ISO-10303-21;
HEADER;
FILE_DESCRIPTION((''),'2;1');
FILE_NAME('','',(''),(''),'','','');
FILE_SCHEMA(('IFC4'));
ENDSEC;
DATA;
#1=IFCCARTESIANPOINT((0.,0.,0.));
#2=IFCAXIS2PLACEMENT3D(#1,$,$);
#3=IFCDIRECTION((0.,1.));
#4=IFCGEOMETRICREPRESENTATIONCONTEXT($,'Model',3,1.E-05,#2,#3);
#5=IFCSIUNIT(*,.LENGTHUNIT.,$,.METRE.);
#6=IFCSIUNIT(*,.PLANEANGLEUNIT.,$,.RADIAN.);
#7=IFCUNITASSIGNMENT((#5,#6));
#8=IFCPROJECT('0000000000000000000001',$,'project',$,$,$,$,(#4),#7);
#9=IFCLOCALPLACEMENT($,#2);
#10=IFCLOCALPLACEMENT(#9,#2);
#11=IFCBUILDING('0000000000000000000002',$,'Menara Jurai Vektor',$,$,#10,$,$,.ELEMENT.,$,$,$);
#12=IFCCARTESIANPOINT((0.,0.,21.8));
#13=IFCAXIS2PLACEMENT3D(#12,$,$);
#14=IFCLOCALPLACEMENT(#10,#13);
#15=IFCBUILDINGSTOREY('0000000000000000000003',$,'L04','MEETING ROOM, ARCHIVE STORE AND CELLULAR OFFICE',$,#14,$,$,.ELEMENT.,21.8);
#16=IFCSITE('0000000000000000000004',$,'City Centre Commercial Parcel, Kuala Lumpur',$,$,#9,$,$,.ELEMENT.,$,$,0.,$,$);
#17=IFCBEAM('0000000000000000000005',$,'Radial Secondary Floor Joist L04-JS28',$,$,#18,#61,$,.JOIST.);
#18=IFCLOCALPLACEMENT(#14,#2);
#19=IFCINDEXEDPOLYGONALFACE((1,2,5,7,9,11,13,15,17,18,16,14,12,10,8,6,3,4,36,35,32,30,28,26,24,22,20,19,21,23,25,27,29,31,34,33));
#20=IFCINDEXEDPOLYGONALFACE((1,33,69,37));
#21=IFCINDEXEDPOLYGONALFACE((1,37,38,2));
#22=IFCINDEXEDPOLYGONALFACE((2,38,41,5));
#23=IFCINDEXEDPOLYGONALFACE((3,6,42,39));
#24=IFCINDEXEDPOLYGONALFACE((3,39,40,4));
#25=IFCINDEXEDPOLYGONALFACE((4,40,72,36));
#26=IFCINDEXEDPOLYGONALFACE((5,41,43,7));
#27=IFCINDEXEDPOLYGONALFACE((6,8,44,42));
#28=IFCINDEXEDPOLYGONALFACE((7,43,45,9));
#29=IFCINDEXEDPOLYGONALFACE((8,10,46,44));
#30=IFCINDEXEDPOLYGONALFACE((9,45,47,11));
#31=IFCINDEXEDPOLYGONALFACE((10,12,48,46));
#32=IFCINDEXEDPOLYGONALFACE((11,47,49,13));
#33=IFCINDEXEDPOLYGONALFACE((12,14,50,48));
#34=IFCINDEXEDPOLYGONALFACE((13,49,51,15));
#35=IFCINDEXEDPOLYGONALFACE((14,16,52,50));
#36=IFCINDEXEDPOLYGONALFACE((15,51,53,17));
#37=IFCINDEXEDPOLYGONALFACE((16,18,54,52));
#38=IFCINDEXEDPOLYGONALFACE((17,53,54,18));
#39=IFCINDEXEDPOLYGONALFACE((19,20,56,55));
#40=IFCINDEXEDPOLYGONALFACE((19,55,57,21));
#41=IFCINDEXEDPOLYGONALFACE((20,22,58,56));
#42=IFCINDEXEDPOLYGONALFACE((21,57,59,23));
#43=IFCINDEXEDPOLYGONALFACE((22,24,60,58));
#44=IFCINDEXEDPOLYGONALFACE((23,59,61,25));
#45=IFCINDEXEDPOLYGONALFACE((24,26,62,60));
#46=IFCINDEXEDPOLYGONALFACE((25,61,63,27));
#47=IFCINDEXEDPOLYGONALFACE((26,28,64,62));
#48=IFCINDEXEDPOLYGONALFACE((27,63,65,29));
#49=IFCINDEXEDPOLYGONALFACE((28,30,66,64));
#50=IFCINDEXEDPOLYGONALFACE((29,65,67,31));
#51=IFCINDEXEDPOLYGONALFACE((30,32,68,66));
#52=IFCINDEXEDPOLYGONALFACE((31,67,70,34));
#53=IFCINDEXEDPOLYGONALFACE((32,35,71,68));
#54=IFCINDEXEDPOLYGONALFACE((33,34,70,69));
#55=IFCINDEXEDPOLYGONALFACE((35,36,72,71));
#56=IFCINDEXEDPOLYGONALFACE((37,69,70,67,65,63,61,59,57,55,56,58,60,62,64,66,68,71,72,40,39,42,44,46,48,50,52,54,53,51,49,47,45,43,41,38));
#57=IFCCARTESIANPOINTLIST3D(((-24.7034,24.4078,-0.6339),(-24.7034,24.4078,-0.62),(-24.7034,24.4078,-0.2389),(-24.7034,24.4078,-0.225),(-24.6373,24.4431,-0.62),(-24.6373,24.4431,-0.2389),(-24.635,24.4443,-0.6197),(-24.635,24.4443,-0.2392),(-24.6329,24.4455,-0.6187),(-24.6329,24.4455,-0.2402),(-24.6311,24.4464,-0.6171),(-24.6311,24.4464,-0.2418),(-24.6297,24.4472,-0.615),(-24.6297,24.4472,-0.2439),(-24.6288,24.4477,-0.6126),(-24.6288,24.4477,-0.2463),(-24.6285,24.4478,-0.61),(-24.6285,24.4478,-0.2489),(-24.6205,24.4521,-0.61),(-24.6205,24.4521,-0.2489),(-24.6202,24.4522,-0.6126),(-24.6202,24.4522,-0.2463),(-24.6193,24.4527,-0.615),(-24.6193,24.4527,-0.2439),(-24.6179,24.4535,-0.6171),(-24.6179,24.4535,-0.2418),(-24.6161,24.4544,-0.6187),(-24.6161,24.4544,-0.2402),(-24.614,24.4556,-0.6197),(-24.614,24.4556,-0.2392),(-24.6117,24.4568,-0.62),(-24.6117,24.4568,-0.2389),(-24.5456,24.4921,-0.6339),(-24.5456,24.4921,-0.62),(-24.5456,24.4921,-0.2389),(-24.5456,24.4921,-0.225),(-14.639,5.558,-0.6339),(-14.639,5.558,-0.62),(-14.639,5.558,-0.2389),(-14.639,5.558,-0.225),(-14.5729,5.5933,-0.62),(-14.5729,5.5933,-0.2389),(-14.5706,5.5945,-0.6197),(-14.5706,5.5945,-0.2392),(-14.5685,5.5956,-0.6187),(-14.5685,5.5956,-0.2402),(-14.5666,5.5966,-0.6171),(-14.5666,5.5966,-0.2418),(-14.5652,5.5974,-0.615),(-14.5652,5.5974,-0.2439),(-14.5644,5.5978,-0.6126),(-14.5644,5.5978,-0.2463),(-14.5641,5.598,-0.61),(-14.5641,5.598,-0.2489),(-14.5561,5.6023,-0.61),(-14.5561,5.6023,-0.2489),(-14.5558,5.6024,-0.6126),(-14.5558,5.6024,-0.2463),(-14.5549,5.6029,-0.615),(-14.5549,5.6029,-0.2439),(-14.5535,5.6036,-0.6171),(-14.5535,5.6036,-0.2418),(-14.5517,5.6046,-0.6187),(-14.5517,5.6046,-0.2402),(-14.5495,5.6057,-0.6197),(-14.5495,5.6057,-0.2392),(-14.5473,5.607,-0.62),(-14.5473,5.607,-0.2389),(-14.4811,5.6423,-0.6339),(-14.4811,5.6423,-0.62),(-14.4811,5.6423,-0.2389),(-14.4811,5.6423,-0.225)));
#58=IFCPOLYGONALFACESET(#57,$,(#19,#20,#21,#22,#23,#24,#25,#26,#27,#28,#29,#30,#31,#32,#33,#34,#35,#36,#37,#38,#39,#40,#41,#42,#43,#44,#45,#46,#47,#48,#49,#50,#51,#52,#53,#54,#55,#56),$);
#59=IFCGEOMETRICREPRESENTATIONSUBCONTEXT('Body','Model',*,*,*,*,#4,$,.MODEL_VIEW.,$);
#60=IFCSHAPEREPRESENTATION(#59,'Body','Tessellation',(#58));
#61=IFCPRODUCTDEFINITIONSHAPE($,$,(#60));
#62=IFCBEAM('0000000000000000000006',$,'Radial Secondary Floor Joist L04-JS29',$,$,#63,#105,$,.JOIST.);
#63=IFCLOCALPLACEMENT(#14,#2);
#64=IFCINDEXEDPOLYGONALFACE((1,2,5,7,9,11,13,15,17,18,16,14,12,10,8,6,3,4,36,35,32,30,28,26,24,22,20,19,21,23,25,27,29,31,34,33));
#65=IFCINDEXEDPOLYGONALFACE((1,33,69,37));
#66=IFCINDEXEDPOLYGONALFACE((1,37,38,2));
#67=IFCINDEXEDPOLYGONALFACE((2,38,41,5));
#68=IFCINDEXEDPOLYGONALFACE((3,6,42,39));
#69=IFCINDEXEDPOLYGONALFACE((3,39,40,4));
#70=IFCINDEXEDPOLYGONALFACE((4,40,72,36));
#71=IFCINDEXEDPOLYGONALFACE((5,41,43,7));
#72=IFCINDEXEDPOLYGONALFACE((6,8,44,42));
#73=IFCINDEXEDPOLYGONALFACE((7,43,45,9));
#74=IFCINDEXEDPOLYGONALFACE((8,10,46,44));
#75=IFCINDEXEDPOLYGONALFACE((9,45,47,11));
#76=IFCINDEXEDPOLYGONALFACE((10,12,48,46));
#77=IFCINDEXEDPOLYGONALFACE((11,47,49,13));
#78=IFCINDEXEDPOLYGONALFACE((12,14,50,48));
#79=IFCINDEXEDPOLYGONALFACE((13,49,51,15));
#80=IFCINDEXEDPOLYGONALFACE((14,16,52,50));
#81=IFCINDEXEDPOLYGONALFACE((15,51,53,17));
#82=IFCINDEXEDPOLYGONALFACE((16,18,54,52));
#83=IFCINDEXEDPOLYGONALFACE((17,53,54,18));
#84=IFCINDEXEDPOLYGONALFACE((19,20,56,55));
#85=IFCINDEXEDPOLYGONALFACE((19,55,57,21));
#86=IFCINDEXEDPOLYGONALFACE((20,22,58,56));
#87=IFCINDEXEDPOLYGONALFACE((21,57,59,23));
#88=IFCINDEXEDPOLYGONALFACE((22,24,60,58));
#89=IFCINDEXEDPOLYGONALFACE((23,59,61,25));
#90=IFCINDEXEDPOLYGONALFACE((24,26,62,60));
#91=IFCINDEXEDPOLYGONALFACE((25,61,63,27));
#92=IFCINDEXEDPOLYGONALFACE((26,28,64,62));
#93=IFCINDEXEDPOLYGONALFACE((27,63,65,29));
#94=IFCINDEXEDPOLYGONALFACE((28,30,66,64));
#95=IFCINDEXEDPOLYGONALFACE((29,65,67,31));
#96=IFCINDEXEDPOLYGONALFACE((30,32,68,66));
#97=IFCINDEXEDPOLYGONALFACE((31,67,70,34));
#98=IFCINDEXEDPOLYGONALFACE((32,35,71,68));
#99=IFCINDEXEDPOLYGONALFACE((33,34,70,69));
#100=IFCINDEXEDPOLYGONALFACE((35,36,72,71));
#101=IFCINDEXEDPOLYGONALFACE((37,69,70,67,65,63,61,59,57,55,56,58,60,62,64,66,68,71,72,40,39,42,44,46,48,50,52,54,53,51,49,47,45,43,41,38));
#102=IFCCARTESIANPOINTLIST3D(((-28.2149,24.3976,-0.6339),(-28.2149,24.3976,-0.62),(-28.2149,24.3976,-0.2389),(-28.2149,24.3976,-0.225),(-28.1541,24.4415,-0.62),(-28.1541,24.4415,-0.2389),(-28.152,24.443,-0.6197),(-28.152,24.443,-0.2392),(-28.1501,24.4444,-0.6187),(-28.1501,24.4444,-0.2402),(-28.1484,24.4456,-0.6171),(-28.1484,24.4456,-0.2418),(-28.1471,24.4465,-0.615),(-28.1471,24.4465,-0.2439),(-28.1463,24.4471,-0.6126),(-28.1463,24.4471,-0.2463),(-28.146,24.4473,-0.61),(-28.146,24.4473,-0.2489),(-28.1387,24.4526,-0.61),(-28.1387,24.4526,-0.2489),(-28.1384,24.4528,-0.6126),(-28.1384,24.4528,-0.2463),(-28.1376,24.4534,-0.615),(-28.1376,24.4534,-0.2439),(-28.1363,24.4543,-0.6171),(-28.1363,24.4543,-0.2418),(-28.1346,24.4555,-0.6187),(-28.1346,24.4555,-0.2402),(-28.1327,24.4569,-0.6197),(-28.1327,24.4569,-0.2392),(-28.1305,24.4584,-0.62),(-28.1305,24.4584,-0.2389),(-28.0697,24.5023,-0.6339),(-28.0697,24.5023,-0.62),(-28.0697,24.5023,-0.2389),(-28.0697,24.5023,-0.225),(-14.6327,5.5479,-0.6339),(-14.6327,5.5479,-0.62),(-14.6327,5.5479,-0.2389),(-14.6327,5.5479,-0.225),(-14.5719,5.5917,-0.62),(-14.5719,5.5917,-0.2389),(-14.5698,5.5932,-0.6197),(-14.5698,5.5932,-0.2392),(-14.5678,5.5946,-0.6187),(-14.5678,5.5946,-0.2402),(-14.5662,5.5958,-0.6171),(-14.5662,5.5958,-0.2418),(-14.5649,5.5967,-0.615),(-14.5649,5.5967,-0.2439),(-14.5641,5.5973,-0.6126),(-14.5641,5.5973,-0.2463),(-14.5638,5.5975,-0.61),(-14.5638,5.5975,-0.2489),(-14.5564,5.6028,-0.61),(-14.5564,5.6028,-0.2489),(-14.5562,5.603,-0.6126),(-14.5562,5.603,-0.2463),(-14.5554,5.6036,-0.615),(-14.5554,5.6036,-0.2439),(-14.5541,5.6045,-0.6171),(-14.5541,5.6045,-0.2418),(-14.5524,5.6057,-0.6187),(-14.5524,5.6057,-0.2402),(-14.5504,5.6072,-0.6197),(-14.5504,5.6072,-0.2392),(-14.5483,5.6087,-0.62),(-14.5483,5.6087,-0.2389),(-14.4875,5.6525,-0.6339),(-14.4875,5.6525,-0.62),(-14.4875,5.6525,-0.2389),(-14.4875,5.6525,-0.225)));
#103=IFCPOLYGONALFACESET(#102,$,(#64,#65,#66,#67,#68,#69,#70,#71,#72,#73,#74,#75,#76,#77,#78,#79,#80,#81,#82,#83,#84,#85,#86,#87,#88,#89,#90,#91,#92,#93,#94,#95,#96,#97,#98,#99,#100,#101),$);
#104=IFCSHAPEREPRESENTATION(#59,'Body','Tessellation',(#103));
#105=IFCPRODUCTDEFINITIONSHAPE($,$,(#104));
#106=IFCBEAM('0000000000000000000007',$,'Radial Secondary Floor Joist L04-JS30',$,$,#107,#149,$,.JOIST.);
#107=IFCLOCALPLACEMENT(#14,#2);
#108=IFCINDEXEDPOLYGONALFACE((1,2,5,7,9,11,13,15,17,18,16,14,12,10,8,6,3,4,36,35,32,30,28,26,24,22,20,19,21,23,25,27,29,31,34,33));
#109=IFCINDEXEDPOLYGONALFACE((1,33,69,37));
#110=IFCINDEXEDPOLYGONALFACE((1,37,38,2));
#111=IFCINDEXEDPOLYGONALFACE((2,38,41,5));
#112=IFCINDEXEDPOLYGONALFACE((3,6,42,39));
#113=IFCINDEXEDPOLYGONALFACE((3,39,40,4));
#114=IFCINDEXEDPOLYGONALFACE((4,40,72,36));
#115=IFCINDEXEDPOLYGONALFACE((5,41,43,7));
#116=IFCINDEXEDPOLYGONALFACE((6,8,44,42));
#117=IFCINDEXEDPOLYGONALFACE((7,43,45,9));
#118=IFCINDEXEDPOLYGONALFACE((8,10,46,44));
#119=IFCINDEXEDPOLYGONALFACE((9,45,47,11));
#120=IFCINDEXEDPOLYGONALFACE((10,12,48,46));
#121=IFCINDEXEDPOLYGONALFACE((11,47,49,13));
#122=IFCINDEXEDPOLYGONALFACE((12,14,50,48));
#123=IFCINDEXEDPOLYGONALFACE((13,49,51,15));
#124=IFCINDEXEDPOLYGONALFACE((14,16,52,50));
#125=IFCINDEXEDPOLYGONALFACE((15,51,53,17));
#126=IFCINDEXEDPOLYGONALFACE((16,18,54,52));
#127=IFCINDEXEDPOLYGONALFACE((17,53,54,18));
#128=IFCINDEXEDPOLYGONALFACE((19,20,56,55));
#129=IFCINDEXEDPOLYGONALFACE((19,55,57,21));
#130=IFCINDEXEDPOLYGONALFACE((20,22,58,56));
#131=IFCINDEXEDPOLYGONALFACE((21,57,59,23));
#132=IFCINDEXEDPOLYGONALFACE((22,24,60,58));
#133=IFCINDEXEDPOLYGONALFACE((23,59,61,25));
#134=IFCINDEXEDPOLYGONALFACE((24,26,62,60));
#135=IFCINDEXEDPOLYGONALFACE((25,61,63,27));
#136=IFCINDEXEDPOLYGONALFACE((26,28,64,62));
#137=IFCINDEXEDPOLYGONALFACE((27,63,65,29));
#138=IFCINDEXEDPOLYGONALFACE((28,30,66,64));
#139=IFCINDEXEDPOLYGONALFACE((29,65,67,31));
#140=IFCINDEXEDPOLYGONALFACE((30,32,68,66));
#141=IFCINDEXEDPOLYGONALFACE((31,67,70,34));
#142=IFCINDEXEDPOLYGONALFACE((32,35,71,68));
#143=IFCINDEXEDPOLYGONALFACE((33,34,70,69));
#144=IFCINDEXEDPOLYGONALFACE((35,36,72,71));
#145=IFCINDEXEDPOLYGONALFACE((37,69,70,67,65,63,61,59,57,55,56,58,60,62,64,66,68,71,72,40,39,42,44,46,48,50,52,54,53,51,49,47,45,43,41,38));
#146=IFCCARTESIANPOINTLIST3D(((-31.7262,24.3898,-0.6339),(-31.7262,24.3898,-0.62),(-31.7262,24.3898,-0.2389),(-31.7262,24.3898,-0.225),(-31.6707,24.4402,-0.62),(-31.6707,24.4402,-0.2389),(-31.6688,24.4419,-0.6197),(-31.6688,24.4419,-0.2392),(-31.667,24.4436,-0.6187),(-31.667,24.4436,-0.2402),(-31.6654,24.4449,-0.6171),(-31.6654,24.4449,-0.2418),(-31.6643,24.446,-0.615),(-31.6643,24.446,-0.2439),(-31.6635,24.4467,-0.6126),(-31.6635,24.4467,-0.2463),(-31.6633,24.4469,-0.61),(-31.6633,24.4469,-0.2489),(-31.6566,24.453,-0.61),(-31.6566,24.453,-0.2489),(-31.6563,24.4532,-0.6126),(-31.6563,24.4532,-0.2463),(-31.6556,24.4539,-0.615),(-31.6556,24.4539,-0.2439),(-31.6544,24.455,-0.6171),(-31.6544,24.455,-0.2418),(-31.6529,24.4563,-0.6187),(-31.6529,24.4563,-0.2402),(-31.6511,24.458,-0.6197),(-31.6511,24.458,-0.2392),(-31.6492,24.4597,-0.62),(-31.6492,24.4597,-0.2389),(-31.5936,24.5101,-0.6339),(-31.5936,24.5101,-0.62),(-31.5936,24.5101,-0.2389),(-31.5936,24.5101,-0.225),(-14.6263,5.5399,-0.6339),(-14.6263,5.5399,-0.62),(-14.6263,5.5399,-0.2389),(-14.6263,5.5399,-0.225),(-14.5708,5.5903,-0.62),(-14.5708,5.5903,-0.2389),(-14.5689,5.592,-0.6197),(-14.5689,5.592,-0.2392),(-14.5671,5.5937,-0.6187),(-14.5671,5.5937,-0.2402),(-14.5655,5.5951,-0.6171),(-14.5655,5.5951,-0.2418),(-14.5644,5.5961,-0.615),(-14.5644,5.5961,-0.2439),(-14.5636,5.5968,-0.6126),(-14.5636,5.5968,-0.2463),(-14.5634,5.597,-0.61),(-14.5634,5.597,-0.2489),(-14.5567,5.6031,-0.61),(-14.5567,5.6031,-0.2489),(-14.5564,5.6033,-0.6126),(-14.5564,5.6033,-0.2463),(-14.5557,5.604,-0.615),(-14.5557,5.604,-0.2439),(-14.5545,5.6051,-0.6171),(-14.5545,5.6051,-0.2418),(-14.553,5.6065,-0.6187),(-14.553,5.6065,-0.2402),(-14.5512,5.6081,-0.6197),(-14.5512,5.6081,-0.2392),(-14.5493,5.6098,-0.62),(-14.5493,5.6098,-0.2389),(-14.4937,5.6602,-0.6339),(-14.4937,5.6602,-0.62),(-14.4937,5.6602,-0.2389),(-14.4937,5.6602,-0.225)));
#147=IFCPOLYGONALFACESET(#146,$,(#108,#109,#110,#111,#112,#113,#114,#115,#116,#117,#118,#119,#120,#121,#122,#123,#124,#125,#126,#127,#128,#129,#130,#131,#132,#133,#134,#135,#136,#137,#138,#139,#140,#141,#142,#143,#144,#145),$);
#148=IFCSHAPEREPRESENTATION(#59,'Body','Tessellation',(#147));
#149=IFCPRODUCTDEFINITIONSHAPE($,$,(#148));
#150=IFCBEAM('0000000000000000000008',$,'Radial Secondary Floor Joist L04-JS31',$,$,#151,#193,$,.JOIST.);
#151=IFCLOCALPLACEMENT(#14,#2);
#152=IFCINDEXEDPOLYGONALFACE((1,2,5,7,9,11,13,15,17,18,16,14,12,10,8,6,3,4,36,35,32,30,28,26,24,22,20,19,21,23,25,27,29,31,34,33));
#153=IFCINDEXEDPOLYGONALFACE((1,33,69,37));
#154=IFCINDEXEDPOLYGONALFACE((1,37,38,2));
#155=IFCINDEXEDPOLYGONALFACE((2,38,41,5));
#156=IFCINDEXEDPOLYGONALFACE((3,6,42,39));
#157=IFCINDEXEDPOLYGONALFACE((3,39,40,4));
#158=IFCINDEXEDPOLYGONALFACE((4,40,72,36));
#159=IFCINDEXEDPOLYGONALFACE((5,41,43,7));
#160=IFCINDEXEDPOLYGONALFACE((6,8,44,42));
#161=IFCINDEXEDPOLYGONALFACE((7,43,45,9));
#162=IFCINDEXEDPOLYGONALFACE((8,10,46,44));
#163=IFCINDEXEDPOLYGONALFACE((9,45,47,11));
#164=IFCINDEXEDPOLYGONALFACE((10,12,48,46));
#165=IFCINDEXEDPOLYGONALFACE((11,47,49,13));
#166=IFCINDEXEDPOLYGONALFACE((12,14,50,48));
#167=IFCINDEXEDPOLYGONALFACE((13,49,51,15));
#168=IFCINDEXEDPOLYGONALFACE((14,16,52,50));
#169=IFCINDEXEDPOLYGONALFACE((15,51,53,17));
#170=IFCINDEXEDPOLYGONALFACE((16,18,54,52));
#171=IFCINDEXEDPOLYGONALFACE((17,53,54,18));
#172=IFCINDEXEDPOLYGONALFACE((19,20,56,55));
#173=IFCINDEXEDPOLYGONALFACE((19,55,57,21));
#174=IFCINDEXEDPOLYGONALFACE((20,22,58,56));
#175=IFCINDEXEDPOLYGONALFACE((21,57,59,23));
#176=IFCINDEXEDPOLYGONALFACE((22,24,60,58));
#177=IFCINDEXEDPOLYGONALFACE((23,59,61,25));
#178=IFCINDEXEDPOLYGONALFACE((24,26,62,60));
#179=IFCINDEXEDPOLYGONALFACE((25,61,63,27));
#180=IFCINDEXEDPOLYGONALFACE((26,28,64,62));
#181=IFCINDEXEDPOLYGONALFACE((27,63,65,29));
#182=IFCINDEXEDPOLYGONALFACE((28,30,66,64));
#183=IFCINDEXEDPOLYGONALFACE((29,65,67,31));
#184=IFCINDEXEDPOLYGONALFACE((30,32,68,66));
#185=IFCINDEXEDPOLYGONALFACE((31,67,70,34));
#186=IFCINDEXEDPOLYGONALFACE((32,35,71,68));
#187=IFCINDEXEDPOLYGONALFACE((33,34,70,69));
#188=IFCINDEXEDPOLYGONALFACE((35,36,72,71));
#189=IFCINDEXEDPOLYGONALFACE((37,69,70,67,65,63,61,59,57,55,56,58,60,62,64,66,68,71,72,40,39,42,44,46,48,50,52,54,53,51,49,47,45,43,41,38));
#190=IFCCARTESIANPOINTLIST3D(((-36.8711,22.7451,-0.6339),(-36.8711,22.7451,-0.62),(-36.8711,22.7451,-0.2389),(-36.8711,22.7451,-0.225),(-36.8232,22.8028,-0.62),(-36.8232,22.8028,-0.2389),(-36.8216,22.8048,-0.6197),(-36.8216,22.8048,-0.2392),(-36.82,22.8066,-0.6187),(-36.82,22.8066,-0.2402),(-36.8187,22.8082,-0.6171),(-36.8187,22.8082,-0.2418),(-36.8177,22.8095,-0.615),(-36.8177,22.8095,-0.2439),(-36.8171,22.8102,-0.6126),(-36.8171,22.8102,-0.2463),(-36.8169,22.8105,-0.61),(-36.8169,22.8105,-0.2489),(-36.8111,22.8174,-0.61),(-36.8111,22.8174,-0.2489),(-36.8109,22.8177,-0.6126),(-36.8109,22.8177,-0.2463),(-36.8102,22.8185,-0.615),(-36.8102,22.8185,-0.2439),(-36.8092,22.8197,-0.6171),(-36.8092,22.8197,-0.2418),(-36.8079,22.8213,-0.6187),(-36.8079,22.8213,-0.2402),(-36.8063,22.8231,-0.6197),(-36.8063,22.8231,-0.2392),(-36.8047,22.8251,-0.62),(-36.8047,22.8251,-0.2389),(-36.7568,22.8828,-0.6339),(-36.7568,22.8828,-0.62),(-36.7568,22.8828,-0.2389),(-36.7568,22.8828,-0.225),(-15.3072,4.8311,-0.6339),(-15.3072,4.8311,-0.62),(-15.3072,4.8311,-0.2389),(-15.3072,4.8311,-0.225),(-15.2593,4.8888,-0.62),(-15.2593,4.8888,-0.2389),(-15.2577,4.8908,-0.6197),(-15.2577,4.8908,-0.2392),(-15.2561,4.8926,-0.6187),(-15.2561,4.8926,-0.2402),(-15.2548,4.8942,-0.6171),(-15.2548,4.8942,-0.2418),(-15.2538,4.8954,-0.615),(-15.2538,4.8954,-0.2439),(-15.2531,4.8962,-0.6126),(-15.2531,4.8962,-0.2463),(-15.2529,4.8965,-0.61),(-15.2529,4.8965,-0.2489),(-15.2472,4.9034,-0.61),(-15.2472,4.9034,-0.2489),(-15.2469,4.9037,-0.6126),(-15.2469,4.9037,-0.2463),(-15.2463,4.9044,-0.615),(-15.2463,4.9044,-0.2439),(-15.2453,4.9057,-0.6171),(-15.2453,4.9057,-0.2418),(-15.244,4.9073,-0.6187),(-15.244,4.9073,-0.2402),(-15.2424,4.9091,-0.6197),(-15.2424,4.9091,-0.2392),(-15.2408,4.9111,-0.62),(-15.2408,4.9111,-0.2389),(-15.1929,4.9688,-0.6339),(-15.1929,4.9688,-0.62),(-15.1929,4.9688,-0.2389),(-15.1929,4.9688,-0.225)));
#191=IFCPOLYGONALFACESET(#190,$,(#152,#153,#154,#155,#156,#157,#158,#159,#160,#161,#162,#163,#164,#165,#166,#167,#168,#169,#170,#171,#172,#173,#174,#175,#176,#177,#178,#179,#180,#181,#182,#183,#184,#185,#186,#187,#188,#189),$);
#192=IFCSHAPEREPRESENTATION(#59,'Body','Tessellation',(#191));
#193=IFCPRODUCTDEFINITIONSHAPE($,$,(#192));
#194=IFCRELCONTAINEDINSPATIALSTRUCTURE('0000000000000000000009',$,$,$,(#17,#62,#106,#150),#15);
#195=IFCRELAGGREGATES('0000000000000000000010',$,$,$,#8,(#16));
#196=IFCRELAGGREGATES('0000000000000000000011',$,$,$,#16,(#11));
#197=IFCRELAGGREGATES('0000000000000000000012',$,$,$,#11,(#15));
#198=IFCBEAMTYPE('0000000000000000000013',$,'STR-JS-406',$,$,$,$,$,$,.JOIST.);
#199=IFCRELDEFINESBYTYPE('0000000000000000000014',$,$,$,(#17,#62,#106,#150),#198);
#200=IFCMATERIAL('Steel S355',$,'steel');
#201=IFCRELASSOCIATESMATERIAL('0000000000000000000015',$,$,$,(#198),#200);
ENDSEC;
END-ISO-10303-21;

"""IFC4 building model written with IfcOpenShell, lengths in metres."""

from ifc_helpers import new_model, si_unit, direction, frame, origin, origin_2d, place, context, subcontext, project, spatial, i_section, extrude, material, material_profile, profile_set, type_object, element, save


model = new_model("IFC4")

# Units and contexts
model_context = context("Model", 3, precision=1e-05, world=origin(), true_north=direction((0.0, 1.0)))
body_context = subcontext(model_context, "Body", "Model", "MODEL_VIEW")
ifc_project = project(units=[si_unit("LENGTHUNIT", "METRE"), si_unit("PLANEANGLEUNIT", "RADIAN")], contexts=[model_context])

# Site, building, storey
site_placement = place(None, origin())
site = spatial("IfcSite", under=ifc_project, at=site_placement, Name="City Centre Commercial Parcel, Kuala Lumpur", CompositionType="ELEMENT", RefElevation=0.0)
building_placement = place(site_placement, origin())
building = spatial("IfcBuilding", under=site, at=building_placement, Name="Menara Jurai Vektor", CompositionType="ELEMENT")
storey_placement = place(building_placement, frame((0.0, 0.0, 21.8)))
storey = spatial("IfcBuildingStorey", under=building, at=storey_placement, Name="L04", Description="MEETING ROOM, ARCHIVE STORE AND CELLULAR OFFICE", CompositionType="ELEMENT", Elevation=21.8)

# Shared definitions
ifc_material_1 = material(Name="Steel S355", Category="steel")

# Beams
ifc_material_profile_1 = material_profile(ifc_material_1, i_section(OverallWidth=0.179, OverallDepth=0.4089, WebThickness=0.009, FlangeThickness=0.0139, FilletRadius=0.01, at=origin_2d()), Name="UKB 406x178x67")
ifc_profile_set_1 = profile_set([ifc_material_profile_1], Name="Steel S355")
beam_type_1 = type_object("IfcBeamType", Name="STR-JS-406", PredefinedType="JOIST", material=ifc_profile_set_1)
beam_1_placement = place(storey_placement, frame((-24.6245, 24.45, -0.4294), z_axis=(0.470996, -0.882135, 0.0), x_axis=(0.882135, 0.470996, 0.0)))
element("IfcBeam", 1, at=beam_1_placement, inside=storey, type_object=beam_type_1, Name="Radial Secondary Floor Joist L04-JS28", PredefinedType="JOIST", context=body_context, shape_type="SweptSolid", body=[
    extrude(i_section(OverallWidth=0.179, OverallDepth=0.4089, WebThickness=0.009, FlangeThickness=0.0139, FilletRadius=0.01, at=origin_2d()), origin(), (0.0, 0.0, 1.0), 21.3684),
])
beam_2_placement = place(storey_placement, frame((-28.1423, 24.45, -0.4294), z_axis=(0.584599, -0.811322, 0.0), x_axis=(0.811322, 0.584599, 0.0)))
element("IfcBeam", 2, at=beam_2_placement, inside=storey, type_object=beam_type_1, Name="Radial Secondary Floor Joist L04-JS29", PredefinedType="JOIST", context=body_context, shape_type="SweptSolid", body=[
    extrude(i_section(OverallWidth=0.179, OverallDepth=0.4089, WebThickness=0.009, FlangeThickness=0.0139, FilletRadius=0.01, at=origin_2d()), origin(), (0.0, 0.0, 1.0), 23.2334),
])
beam_3_placement = place(storey_placement, frame((-31.6599, 24.45, -0.4294), z_axis=(0.67189, -0.740651, 0.0), x_axis=(0.740651, 0.67189, 0.0)))
element("IfcBeam", 3, at=beam_3_placement, inside=storey, type_object=beam_type_1, Name="Radial Secondary Floor Joist L04-JS30", PredefinedType="JOIST", context=body_context, shape_type="SweptSolid", body=[
    extrude(i_section(OverallWidth=0.179, OverallDepth=0.4089, WebThickness=0.009, FlangeThickness=0.0139, FilletRadius=0.01, at=origin_2d()), origin(), (0.0, 0.0, 1.0), 25.4504),
])
beam_4_placement = place(storey_placement, frame((-36.814, 22.814, -0.4294), z_axis=(0.769201, -0.639007, 0.0), x_axis=(0.639007, 0.769201, 0.0)))
element("IfcBeam", 4, at=beam_4_placement, inside=storey, type_object=beam_type_1, Name="Radial Secondary Floor Joist L04-JS31", PredefinedType="JOIST", context=body_context, shape_type="SweptSolid", body=[
    extrude(i_section(OverallWidth=0.179, OverallDepth=0.4089, WebThickness=0.009, FlangeThickness=0.0139, FilletRadius=0.01, at=origin_2d()), origin(), (0.0, 0.0, 1.0), 28.0342),
])

save(model, "model.ifc")
